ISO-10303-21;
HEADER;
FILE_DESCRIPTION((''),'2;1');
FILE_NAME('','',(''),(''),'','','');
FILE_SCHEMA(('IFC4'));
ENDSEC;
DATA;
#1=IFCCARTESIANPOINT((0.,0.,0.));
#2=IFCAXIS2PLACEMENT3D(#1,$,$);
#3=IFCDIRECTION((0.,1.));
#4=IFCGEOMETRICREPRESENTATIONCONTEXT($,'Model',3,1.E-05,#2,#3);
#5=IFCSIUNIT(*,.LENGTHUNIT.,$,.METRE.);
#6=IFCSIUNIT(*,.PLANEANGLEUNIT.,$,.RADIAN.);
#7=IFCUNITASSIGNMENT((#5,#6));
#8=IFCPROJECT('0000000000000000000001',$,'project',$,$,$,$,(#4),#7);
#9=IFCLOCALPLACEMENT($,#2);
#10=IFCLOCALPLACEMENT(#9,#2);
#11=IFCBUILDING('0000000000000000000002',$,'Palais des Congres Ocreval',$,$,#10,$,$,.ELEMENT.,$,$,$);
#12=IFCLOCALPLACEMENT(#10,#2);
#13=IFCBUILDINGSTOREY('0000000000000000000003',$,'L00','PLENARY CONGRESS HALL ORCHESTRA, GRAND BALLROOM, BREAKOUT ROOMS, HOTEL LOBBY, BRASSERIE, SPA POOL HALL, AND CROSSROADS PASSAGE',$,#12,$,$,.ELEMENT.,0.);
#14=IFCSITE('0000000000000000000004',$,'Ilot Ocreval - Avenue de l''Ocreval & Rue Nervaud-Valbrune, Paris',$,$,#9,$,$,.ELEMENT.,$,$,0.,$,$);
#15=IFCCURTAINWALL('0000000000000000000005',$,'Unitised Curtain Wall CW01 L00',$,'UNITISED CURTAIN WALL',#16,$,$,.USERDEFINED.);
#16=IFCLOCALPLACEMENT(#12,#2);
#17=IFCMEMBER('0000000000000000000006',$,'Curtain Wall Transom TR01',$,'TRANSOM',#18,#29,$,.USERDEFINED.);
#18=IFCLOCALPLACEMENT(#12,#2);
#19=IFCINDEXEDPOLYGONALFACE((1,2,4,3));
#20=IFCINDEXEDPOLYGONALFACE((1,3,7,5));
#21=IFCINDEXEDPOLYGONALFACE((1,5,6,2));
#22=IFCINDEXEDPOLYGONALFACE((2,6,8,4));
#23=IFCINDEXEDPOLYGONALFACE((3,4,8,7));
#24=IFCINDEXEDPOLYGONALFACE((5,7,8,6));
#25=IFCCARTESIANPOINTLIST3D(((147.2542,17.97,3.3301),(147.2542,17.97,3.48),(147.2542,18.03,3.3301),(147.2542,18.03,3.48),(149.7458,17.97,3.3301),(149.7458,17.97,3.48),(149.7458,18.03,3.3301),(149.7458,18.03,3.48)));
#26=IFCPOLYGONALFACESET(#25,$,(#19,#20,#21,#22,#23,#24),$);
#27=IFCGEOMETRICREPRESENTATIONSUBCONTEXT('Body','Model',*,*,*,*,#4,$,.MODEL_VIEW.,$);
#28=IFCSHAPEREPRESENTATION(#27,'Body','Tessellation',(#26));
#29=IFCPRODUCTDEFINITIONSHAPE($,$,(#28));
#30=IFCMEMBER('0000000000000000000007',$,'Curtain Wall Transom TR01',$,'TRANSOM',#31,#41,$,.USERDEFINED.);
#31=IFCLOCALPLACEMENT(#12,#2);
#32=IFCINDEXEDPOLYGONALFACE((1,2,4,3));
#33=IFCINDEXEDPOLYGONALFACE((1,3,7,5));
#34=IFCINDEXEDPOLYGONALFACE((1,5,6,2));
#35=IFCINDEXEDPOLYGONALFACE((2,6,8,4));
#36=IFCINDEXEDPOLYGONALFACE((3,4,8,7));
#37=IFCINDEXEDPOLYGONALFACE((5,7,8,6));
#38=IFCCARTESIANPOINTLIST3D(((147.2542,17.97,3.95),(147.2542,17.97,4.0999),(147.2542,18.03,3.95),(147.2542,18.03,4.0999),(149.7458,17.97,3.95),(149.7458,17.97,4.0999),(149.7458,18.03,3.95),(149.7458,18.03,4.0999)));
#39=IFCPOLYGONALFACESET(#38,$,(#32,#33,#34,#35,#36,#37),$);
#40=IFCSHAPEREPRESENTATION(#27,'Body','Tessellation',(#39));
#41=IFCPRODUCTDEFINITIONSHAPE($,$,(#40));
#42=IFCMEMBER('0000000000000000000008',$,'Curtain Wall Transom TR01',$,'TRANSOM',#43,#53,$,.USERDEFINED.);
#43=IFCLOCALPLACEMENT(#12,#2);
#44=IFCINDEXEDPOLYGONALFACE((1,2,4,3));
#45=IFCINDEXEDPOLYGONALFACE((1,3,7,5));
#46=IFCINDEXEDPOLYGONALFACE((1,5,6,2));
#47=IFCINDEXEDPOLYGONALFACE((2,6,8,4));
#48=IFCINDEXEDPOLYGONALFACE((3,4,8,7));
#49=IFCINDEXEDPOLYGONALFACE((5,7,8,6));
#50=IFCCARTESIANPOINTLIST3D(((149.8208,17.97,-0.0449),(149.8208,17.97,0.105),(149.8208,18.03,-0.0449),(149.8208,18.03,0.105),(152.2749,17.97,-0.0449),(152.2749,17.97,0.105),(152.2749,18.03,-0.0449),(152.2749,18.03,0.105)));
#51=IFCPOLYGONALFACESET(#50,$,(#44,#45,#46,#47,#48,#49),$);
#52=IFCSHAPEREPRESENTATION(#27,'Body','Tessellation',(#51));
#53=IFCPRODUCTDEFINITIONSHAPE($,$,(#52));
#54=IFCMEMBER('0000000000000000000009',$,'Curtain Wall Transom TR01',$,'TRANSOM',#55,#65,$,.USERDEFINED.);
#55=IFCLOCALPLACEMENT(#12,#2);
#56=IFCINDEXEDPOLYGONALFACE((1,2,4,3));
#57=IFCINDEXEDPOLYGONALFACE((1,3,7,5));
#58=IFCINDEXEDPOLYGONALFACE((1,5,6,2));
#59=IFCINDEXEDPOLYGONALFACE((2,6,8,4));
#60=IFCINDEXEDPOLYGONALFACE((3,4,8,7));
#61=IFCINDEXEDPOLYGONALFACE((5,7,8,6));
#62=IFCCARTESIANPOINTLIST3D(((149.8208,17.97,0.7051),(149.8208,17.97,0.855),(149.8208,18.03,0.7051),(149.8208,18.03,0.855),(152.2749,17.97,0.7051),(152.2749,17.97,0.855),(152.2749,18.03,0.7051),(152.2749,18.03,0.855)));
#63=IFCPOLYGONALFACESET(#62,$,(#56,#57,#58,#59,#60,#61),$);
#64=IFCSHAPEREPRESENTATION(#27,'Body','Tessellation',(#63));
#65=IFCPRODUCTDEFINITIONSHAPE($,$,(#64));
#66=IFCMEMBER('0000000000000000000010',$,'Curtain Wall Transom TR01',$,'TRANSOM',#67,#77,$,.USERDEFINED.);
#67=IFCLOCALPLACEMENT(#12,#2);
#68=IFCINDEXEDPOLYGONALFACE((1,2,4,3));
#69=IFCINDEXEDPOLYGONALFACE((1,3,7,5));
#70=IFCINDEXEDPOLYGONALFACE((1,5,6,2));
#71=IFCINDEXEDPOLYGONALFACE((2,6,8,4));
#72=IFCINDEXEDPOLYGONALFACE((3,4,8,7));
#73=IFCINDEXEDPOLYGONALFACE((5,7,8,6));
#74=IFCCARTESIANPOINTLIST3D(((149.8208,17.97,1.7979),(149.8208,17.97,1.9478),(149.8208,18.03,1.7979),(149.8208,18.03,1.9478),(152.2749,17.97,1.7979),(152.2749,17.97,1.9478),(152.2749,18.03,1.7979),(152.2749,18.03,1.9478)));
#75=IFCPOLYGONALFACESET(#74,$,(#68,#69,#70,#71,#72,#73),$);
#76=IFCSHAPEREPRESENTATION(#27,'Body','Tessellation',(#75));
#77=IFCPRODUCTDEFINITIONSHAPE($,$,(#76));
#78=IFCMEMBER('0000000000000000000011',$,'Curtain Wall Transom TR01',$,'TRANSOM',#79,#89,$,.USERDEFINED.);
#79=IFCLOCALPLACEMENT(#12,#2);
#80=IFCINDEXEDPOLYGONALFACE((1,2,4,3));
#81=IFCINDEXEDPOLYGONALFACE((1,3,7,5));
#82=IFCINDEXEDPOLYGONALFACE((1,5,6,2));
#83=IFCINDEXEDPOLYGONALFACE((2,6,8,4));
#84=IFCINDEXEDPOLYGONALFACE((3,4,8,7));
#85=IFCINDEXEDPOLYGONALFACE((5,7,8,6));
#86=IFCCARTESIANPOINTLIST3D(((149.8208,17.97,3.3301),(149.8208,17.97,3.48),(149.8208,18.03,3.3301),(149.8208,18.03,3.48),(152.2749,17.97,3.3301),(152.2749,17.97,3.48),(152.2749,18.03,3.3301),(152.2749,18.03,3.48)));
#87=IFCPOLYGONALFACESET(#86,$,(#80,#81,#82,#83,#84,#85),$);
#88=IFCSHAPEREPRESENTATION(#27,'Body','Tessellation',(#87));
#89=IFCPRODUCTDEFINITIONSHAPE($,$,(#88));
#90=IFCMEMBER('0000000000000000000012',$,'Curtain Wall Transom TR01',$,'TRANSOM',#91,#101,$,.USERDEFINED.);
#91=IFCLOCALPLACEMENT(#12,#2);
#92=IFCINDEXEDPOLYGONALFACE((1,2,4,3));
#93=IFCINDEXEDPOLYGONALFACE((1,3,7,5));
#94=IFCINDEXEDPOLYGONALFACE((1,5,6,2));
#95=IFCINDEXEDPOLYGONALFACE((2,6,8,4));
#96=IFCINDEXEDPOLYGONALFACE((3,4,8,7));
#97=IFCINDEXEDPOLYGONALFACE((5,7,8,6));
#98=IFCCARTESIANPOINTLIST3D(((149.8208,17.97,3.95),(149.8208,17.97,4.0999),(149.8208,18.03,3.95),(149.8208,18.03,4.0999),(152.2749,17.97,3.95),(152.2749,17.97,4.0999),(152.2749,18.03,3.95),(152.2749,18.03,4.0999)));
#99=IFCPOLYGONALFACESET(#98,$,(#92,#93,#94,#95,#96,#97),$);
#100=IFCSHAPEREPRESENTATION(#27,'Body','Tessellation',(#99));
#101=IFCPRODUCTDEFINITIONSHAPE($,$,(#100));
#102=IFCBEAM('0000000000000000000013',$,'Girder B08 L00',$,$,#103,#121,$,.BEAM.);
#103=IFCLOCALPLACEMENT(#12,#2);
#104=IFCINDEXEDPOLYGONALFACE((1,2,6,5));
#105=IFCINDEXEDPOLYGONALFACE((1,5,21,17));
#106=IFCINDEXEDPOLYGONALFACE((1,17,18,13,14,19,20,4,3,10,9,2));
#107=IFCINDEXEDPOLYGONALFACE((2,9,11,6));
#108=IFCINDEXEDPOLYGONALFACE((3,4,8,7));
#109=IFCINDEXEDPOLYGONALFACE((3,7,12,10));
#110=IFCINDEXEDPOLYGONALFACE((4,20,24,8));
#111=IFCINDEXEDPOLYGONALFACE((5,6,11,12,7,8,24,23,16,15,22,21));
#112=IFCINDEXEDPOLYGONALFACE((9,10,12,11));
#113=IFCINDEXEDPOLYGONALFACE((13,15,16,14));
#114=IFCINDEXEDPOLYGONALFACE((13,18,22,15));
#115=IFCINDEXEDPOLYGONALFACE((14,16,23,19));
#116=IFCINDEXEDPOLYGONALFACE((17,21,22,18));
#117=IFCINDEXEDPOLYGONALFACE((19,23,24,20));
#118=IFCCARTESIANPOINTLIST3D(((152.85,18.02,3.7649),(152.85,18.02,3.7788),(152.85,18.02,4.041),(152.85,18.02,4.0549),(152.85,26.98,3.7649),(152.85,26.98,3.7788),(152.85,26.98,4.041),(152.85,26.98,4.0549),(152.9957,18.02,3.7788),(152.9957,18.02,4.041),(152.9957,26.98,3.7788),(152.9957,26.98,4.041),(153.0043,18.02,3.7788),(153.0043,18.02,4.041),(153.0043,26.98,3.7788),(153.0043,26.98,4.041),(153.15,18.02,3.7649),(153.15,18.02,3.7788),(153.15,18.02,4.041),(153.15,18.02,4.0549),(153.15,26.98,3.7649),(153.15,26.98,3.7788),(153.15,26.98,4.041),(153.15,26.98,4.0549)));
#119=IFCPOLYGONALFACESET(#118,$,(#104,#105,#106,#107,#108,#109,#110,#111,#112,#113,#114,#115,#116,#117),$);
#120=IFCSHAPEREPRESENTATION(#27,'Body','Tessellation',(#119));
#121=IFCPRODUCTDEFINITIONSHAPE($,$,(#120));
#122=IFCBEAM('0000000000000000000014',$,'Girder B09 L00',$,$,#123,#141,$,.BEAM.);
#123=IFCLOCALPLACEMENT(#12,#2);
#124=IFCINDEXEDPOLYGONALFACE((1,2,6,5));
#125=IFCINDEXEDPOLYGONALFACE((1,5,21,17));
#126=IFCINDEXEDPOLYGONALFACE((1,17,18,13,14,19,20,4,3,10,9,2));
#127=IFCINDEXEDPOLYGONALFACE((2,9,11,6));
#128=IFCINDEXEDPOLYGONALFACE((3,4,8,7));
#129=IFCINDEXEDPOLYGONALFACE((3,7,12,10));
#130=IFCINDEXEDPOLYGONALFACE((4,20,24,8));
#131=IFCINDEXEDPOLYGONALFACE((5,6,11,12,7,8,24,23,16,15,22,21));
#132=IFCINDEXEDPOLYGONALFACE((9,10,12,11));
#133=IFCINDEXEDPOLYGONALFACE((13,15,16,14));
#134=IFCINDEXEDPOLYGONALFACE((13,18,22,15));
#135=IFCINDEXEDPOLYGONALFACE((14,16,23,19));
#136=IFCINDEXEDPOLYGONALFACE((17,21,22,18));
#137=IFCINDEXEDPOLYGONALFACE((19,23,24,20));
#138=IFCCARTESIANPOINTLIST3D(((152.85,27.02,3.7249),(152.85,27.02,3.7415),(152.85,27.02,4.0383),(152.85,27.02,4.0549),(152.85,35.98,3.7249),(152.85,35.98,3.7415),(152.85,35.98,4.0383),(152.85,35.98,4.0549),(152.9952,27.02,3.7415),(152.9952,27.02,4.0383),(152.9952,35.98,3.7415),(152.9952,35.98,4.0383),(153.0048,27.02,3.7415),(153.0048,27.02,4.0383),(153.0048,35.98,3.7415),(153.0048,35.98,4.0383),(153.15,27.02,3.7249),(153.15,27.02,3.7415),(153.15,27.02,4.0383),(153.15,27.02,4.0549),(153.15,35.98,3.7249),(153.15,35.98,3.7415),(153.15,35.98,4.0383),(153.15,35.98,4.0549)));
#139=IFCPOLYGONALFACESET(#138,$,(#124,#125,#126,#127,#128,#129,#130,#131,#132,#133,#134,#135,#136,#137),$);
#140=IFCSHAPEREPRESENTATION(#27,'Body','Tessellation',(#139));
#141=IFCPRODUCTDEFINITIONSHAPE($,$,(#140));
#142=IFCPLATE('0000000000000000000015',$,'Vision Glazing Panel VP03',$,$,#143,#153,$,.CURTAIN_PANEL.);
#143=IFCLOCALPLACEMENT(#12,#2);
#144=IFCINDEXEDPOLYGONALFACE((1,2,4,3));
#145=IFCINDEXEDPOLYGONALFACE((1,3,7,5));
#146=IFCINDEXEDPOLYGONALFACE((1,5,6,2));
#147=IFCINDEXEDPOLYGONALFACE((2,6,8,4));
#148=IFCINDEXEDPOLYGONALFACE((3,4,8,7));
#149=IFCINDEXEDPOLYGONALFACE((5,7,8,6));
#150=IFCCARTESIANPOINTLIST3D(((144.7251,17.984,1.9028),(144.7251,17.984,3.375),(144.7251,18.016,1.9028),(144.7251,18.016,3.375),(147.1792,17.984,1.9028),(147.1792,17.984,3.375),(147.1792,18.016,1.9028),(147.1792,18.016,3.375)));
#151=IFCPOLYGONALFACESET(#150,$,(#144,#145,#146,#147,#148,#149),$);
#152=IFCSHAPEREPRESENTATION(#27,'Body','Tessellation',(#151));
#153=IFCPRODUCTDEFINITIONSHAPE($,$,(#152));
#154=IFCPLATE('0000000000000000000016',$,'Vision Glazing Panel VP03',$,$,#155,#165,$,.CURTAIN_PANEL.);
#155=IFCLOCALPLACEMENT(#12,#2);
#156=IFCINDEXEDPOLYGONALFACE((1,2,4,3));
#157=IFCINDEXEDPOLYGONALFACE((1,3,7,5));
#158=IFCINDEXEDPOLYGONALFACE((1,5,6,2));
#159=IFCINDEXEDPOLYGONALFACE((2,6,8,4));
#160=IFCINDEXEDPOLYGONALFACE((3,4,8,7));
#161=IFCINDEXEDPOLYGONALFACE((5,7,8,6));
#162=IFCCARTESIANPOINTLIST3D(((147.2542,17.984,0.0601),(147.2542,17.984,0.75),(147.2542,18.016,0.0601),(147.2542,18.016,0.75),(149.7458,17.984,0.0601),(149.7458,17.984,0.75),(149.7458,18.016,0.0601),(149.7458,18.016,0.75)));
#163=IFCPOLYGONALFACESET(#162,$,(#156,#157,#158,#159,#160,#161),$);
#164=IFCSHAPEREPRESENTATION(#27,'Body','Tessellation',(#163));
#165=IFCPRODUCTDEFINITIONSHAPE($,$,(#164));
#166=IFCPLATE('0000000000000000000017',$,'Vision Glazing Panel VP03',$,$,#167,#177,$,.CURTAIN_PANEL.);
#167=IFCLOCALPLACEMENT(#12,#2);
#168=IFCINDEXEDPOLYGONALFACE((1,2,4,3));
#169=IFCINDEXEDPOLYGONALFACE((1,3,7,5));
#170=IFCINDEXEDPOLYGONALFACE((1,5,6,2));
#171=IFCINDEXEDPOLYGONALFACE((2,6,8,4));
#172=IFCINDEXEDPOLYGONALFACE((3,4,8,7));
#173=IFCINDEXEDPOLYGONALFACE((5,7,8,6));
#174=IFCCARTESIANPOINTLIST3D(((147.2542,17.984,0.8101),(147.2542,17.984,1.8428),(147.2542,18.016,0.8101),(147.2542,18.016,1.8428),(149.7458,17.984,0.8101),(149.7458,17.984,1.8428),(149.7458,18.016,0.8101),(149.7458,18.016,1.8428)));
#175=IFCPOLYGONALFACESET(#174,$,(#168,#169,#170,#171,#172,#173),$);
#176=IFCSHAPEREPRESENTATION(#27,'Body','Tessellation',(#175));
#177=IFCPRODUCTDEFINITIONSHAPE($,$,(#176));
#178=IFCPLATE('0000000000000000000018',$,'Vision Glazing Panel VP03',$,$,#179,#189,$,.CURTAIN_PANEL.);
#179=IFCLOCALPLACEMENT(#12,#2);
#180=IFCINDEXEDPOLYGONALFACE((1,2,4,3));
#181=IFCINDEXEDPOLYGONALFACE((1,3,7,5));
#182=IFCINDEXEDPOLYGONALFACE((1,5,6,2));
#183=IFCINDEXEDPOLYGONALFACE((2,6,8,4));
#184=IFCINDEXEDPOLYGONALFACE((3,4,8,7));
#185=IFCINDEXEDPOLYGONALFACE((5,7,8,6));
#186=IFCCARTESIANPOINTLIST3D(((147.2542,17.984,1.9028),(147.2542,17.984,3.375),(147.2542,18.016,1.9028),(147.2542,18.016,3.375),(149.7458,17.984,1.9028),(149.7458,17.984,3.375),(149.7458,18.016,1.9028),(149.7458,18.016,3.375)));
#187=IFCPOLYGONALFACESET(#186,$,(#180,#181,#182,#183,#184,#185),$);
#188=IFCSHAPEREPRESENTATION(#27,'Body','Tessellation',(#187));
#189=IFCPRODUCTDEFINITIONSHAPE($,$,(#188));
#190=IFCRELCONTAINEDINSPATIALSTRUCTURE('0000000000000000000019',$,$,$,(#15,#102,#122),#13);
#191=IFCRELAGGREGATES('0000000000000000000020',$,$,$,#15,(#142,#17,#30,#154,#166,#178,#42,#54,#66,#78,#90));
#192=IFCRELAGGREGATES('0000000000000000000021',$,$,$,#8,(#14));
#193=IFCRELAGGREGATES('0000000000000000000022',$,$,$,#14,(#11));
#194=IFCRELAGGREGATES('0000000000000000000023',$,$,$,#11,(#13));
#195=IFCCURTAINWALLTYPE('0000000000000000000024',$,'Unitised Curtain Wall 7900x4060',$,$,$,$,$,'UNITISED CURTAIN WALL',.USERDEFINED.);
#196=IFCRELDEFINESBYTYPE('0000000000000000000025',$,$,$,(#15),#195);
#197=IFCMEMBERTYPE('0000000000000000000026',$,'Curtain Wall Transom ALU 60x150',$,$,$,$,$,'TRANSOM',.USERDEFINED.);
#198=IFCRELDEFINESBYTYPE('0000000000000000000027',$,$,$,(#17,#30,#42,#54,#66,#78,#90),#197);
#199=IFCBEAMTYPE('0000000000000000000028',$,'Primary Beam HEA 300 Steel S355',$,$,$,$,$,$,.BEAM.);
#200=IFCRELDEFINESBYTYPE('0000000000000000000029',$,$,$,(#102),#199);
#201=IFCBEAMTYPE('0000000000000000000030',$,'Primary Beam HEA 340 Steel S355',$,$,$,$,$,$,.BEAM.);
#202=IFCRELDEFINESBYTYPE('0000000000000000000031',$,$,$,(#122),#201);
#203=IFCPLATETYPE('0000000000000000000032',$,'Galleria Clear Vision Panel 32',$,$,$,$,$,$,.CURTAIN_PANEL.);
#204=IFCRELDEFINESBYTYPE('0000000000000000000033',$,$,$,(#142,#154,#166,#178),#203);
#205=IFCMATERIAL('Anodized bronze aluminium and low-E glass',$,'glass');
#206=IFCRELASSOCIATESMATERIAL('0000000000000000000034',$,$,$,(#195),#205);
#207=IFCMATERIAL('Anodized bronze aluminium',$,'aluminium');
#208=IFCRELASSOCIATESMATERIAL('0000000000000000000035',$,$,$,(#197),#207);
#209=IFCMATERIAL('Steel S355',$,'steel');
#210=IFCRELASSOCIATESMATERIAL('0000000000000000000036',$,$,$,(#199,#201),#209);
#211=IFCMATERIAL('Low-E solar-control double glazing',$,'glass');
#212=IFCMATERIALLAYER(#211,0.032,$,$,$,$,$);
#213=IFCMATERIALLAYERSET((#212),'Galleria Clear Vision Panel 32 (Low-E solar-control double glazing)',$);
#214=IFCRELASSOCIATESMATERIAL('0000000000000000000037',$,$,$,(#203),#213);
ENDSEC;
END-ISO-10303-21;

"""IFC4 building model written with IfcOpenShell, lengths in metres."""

from ifc_helpers import new_model, si_unit, direction, frame, origin, origin_2d, place, context, subcontext, project, spatial, rectangle, i_section, extrude, material, layer, layer_set, material_profile, profile_set, type_object, element, aggregate, save


model = new_model("IFC4")

# Units and contexts
model_context = context("Model", 3, precision=1e-05, world=origin(), true_north=direction((0.0, 1.0)))
body_context = subcontext(model_context, "Body", "Model", "MODEL_VIEW")
ifc_project = project(units=[si_unit("LENGTHUNIT", "METRE"), si_unit("PLANEANGLEUNIT", "RADIAN")], contexts=[model_context])

# Site, building, storey
site_placement = place(None, origin())
site = spatial("IfcSite", under=ifc_project, at=site_placement, Name="Ilot Ocreval - Avenue de l'Ocreval & Rue Nervaud-Valbrune, Paris", CompositionType="ELEMENT", RefElevation=0.0)
building_placement = place(site_placement, origin())
building = spatial("IfcBuilding", under=site, at=building_placement, Name="Palais des Congres Ocreval", CompositionType="ELEMENT")
storey_placement = place(building_placement, origin())
storey = spatial("IfcBuildingStorey", under=building, at=storey_placement, Name="L00", Description="PLENARY CONGRESS HALL ORCHESTRA, GRAND BALLROOM, BREAKOUT ROOMS, HOTEL LOBBY, BRASSERIE, SPA POOL HALL, AND CROSSROADS PASSAGE", CompositionType="ELEMENT", Elevation=0.0)

# Shared definitions
ifc_material_1 = material(Name="Steel S355", Category="steel")

# Shared definitions
ifc_material_2 = material(Name="Anodized bronze aluminium and low-E glass", Category="glass")
curtain_wall_type = type_object("IfcCurtainWallType", Name="Unitised Curtain Wall 7900x4060", ElementType="UNITISED CURTAIN WALL", PredefinedType="USERDEFINED", material=ifc_material_2)
ifc_material_3 = material(Name="Anodized bronze aluminium", Category="aluminium")

# Curtain wall
curtain_wall_1_placement = place(storey_placement, origin())
curtain_wall_1 = element("IfcCurtainWall", 1, at=curtain_wall_1_placement, inside=storey, type_object=curtain_wall_type, Name="Unitised Curtain Wall CW01 L00", ObjectType="UNITISED CURTAIN WALL", PredefinedType="USERDEFINED")

# Members
ifc_material_profile_1 = material_profile(ifc_material_3, rectangle(XDim=0.0601, YDim=0.1499, at=origin_2d()), Name="ALU 60x150")
ifc_profile_set_1 = profile_set([ifc_material_profile_1], Name="Anodized bronze aluminium")
member_type_1 = type_object("IfcMemberType", Name="Curtain Wall Transom ALU 60x150", ElementType="TRANSOM", PredefinedType="USERDEFINED", material=ifc_profile_set_1)
member_1_placement = place(storey_placement, frame((147.2542, 18.0, 3.405), z_axis=(1.0, 0.0, 0.0), x_axis=(0.0, 1.0, 0.0)))
member_1 = element("IfcMember", 2, at=member_1_placement, type_object=member_type_1, Name="Curtain Wall Transom TR01", ObjectType="TRANSOM", PredefinedType="USERDEFINED", context=body_context, shape_type="SweptSolid", body=[
    extrude(rectangle(XDim=0.0601, YDim=0.1499, at=origin_2d()), origin(), (0.0, 0.0, 1.0), 2.4917),
])
member_2_placement = place(storey_placement, frame((147.2542, 18.0, 4.0249), z_axis=(1.0, 0.0, 0.0), x_axis=(0.0, 1.0, 0.0)))
member_2 = element("IfcMember", 3, at=member_2_placement, type_object=member_type_1, Name="Curtain Wall Transom TR01", ObjectType="TRANSOM", PredefinedType="USERDEFINED", context=body_context, shape_type="SweptSolid", body=[
    extrude(rectangle(XDim=0.0601, YDim=0.1499, at=origin_2d()), origin(), (0.0, 0.0, 1.0), 2.4917),
])
member_3_placement = place(storey_placement, frame((149.8208, 18.0, 0.03), z_axis=(1.0, 0.0, 0.0), x_axis=(0.0, 1.0, 0.0)))
member_3 = element("IfcMember", 4, at=member_3_placement, type_object=member_type_1, Name="Curtain Wall Transom TR01", ObjectType="TRANSOM", PredefinedType="USERDEFINED", context=body_context, shape_type="SweptSolid", body=[
    extrude(rectangle(XDim=0.0601, YDim=0.1499, at=origin_2d()), origin(), (0.0, 0.0, 1.0), 2.4541),
])
member_4_placement = place(storey_placement, frame((149.8208, 18.0, 0.78), z_axis=(1.0, 0.0, 0.0), x_axis=(0.0, 1.0, 0.0)))
member_4 = element("IfcMember", 5, at=member_4_placement, type_object=member_type_1, Name="Curtain Wall Transom TR01", ObjectType="TRANSOM", PredefinedType="USERDEFINED", context=body_context, shape_type="SweptSolid", body=[
    extrude(rectangle(XDim=0.0601, YDim=0.1499, at=origin_2d()), origin(), (0.0, 0.0, 1.0), 2.4541),
])
member_5_placement = place(storey_placement, frame((149.8208, 18.0, 1.8728), z_axis=(1.0, 0.0, 0.0), x_axis=(0.0, 1.0, 0.0)))
member_5 = element("IfcMember", 6, at=member_5_placement, type_object=member_type_1, Name="Curtain Wall Transom TR01", ObjectType="TRANSOM", PredefinedType="USERDEFINED", context=body_context, shape_type="SweptSolid", body=[
    extrude(rectangle(XDim=0.0601, YDim=0.1499, at=origin_2d()), origin(), (0.0, 0.0, 1.0), 2.4541),
])
member_6_placement = place(storey_placement, frame((149.8208, 18.0, 3.405), z_axis=(1.0, 0.0, 0.0), x_axis=(0.0, 1.0, 0.0)))
member_6 = element("IfcMember", 7, at=member_6_placement, type_object=member_type_1, Name="Curtain Wall Transom TR01", ObjectType="TRANSOM", PredefinedType="USERDEFINED", context=body_context, shape_type="SweptSolid", body=[
    extrude(rectangle(XDim=0.0601, YDim=0.1499, at=origin_2d()), origin(), (0.0, 0.0, 1.0), 2.4541),
])
member_7_placement = place(storey_placement, frame((149.8208, 18.0, 4.0249), z_axis=(1.0, 0.0, 0.0), x_axis=(0.0, 1.0, 0.0)))
member_7 = element("IfcMember", 8, at=member_7_placement, type_object=member_type_1, Name="Curtain Wall Transom TR01", ObjectType="TRANSOM", PredefinedType="USERDEFINED", context=body_context, shape_type="SweptSolid", body=[
    extrude(rectangle(XDim=0.0601, YDim=0.1499, at=origin_2d()), origin(), (0.0, 0.0, 1.0), 2.4541),
])

# Beams
ifc_material_profile_2 = material_profile(ifc_material_1, i_section(OverallWidth=0.3, OverallDepth=0.29, WebThickness=0.0085, FlangeThickness=0.0139, at=origin_2d()), Name="HEA 300")
ifc_profile_set_2 = profile_set([ifc_material_profile_2], Name="Steel S355")
beam_type_1 = type_object("IfcBeamType", Name="Primary Beam HEA 300 Steel S355", PredefinedType="BEAM", material=ifc_profile_set_2)
beam_1_placement = place(storey_placement, frame((153.0, 18.02, 3.9099), z_axis=(0.0, 1.0, 0.0), x_axis=(-1.0, 0.0, 0.0)))
element("IfcBeam", 9, at=beam_1_placement, inside=storey, type_object=beam_type_1, Name="Girder B08 L00", PredefinedType="BEAM", context=body_context, shape_type="SweptSolid", body=[
    extrude(i_section(OverallWidth=0.3, OverallDepth=0.29, WebThickness=0.0085, FlangeThickness=0.0139, at=origin_2d()), origin(), (0.0, 0.0, 1.0), 8.96),
])
ifc_material_profile_3 = material_profile(ifc_material_1, i_section(OverallWidth=0.3, OverallDepth=0.3301, WebThickness=0.0095, FlangeThickness=0.0166, at=origin_2d()), Name="HEA 340")
ifc_profile_set_3 = profile_set([ifc_material_profile_3], Name="Steel S355")
beam_type_2 = type_object("IfcBeamType", Name="Primary Beam HEA 340 Steel S355", PredefinedType="BEAM", material=ifc_profile_set_3)
beam_2_placement = place(storey_placement, frame((153.0, 27.02, 3.8899), z_axis=(0.0, 1.0, 0.0), x_axis=(-1.0, 0.0, 0.0)))
element("IfcBeam", 10, at=beam_2_placement, inside=storey, type_object=beam_type_2, Name="Girder B09 L00", PredefinedType="BEAM", context=body_context, shape_type="SweptSolid", body=[
    extrude(i_section(OverallWidth=0.3, OverallDepth=0.3301, WebThickness=0.0095, FlangeThickness=0.0166, at=origin_2d()), origin(), (0.0, 0.0, 1.0), 8.96),
])

# Plates
ifc_material_4 = material(Name="Low-E solar-control double glazing", Category="glass")
ifc_layer_1 = layer(ifc_material_4, 0.032)
ifc_layer_set_1 = layer_set([ifc_layer_1], Name="Galleria Clear Vision Panel 32 (Low-E solar-control double glazing)")
plate_type_1 = type_object("IfcPlateType", Name="Galleria Clear Vision Panel 32", PredefinedType="CURTAIN_PANEL", material=ifc_layer_set_1)
plate_1_placement = place(storey_placement, frame((145.9521, 18.0, 1.9028), z_axis=(0.0, 0.0, 1.0), x_axis=(1.0, 0.0, 0.0)))
plate_1 = element("IfcPlate", 11, at=plate_1_placement, type_object=plate_type_1, Name="Vision Glazing Panel VP03", PredefinedType="CURTAIN_PANEL", context=body_context, shape_type="SweptSolid", body=[
    extrude(rectangle(XDim=2.4541, YDim=0.032, at=origin_2d()), origin(), (0.0, 0.0, 1.0), 1.4722),
])
plate_2_placement = place(storey_placement, frame((148.5, 18.0, 0.0601), z_axis=(0.0, 0.0, 1.0), x_axis=(1.0, 0.0, 0.0)))
plate_2 = element("IfcPlate", 12, at=plate_2_placement, type_object=plate_type_1, Name="Vision Glazing Panel VP03", PredefinedType="CURTAIN_PANEL", context=body_context, shape_type="SweptSolid", body=[
    extrude(rectangle(XDim=2.4917, YDim=0.032, at=origin_2d()), origin(), (0.0, 0.0, 1.0), 0.6899),
])
plate_3_placement = place(storey_placement, frame((148.5, 18.0, 0.8101), z_axis=(0.0, 0.0, 1.0), x_axis=(1.0, 0.0, 0.0)))
plate_3 = element("IfcPlate", 13, at=plate_3_placement, type_object=plate_type_1, Name="Vision Glazing Panel VP03", PredefinedType="CURTAIN_PANEL", context=body_context, shape_type="SweptSolid", body=[
    extrude(rectangle(XDim=2.4917, YDim=0.032, at=origin_2d()), origin(), (0.0, 0.0, 1.0), 1.0327),
])
plate_4_placement = place(storey_placement, frame((148.5, 18.0, 1.9028), z_axis=(0.0, 0.0, 1.0), x_axis=(1.0, 0.0, 0.0)))
plate_4 = element("IfcPlate", 14, at=plate_4_placement, type_object=plate_type_1, Name="Vision Glazing Panel VP03", PredefinedType="CURTAIN_PANEL", context=body_context, shape_type="SweptSolid", body=[
    extrude(rectangle(XDim=2.4917, YDim=0.032, at=origin_2d()), origin(), (0.0, 0.0, 1.0), 1.4722),
])
aggregate(curtain_wall_1, [plate_1, member_1, member_2, plate_2, plate_3, plate_4, member_3, member_4, member_5, member_6, member_7])

save(model, "model.ifc")
